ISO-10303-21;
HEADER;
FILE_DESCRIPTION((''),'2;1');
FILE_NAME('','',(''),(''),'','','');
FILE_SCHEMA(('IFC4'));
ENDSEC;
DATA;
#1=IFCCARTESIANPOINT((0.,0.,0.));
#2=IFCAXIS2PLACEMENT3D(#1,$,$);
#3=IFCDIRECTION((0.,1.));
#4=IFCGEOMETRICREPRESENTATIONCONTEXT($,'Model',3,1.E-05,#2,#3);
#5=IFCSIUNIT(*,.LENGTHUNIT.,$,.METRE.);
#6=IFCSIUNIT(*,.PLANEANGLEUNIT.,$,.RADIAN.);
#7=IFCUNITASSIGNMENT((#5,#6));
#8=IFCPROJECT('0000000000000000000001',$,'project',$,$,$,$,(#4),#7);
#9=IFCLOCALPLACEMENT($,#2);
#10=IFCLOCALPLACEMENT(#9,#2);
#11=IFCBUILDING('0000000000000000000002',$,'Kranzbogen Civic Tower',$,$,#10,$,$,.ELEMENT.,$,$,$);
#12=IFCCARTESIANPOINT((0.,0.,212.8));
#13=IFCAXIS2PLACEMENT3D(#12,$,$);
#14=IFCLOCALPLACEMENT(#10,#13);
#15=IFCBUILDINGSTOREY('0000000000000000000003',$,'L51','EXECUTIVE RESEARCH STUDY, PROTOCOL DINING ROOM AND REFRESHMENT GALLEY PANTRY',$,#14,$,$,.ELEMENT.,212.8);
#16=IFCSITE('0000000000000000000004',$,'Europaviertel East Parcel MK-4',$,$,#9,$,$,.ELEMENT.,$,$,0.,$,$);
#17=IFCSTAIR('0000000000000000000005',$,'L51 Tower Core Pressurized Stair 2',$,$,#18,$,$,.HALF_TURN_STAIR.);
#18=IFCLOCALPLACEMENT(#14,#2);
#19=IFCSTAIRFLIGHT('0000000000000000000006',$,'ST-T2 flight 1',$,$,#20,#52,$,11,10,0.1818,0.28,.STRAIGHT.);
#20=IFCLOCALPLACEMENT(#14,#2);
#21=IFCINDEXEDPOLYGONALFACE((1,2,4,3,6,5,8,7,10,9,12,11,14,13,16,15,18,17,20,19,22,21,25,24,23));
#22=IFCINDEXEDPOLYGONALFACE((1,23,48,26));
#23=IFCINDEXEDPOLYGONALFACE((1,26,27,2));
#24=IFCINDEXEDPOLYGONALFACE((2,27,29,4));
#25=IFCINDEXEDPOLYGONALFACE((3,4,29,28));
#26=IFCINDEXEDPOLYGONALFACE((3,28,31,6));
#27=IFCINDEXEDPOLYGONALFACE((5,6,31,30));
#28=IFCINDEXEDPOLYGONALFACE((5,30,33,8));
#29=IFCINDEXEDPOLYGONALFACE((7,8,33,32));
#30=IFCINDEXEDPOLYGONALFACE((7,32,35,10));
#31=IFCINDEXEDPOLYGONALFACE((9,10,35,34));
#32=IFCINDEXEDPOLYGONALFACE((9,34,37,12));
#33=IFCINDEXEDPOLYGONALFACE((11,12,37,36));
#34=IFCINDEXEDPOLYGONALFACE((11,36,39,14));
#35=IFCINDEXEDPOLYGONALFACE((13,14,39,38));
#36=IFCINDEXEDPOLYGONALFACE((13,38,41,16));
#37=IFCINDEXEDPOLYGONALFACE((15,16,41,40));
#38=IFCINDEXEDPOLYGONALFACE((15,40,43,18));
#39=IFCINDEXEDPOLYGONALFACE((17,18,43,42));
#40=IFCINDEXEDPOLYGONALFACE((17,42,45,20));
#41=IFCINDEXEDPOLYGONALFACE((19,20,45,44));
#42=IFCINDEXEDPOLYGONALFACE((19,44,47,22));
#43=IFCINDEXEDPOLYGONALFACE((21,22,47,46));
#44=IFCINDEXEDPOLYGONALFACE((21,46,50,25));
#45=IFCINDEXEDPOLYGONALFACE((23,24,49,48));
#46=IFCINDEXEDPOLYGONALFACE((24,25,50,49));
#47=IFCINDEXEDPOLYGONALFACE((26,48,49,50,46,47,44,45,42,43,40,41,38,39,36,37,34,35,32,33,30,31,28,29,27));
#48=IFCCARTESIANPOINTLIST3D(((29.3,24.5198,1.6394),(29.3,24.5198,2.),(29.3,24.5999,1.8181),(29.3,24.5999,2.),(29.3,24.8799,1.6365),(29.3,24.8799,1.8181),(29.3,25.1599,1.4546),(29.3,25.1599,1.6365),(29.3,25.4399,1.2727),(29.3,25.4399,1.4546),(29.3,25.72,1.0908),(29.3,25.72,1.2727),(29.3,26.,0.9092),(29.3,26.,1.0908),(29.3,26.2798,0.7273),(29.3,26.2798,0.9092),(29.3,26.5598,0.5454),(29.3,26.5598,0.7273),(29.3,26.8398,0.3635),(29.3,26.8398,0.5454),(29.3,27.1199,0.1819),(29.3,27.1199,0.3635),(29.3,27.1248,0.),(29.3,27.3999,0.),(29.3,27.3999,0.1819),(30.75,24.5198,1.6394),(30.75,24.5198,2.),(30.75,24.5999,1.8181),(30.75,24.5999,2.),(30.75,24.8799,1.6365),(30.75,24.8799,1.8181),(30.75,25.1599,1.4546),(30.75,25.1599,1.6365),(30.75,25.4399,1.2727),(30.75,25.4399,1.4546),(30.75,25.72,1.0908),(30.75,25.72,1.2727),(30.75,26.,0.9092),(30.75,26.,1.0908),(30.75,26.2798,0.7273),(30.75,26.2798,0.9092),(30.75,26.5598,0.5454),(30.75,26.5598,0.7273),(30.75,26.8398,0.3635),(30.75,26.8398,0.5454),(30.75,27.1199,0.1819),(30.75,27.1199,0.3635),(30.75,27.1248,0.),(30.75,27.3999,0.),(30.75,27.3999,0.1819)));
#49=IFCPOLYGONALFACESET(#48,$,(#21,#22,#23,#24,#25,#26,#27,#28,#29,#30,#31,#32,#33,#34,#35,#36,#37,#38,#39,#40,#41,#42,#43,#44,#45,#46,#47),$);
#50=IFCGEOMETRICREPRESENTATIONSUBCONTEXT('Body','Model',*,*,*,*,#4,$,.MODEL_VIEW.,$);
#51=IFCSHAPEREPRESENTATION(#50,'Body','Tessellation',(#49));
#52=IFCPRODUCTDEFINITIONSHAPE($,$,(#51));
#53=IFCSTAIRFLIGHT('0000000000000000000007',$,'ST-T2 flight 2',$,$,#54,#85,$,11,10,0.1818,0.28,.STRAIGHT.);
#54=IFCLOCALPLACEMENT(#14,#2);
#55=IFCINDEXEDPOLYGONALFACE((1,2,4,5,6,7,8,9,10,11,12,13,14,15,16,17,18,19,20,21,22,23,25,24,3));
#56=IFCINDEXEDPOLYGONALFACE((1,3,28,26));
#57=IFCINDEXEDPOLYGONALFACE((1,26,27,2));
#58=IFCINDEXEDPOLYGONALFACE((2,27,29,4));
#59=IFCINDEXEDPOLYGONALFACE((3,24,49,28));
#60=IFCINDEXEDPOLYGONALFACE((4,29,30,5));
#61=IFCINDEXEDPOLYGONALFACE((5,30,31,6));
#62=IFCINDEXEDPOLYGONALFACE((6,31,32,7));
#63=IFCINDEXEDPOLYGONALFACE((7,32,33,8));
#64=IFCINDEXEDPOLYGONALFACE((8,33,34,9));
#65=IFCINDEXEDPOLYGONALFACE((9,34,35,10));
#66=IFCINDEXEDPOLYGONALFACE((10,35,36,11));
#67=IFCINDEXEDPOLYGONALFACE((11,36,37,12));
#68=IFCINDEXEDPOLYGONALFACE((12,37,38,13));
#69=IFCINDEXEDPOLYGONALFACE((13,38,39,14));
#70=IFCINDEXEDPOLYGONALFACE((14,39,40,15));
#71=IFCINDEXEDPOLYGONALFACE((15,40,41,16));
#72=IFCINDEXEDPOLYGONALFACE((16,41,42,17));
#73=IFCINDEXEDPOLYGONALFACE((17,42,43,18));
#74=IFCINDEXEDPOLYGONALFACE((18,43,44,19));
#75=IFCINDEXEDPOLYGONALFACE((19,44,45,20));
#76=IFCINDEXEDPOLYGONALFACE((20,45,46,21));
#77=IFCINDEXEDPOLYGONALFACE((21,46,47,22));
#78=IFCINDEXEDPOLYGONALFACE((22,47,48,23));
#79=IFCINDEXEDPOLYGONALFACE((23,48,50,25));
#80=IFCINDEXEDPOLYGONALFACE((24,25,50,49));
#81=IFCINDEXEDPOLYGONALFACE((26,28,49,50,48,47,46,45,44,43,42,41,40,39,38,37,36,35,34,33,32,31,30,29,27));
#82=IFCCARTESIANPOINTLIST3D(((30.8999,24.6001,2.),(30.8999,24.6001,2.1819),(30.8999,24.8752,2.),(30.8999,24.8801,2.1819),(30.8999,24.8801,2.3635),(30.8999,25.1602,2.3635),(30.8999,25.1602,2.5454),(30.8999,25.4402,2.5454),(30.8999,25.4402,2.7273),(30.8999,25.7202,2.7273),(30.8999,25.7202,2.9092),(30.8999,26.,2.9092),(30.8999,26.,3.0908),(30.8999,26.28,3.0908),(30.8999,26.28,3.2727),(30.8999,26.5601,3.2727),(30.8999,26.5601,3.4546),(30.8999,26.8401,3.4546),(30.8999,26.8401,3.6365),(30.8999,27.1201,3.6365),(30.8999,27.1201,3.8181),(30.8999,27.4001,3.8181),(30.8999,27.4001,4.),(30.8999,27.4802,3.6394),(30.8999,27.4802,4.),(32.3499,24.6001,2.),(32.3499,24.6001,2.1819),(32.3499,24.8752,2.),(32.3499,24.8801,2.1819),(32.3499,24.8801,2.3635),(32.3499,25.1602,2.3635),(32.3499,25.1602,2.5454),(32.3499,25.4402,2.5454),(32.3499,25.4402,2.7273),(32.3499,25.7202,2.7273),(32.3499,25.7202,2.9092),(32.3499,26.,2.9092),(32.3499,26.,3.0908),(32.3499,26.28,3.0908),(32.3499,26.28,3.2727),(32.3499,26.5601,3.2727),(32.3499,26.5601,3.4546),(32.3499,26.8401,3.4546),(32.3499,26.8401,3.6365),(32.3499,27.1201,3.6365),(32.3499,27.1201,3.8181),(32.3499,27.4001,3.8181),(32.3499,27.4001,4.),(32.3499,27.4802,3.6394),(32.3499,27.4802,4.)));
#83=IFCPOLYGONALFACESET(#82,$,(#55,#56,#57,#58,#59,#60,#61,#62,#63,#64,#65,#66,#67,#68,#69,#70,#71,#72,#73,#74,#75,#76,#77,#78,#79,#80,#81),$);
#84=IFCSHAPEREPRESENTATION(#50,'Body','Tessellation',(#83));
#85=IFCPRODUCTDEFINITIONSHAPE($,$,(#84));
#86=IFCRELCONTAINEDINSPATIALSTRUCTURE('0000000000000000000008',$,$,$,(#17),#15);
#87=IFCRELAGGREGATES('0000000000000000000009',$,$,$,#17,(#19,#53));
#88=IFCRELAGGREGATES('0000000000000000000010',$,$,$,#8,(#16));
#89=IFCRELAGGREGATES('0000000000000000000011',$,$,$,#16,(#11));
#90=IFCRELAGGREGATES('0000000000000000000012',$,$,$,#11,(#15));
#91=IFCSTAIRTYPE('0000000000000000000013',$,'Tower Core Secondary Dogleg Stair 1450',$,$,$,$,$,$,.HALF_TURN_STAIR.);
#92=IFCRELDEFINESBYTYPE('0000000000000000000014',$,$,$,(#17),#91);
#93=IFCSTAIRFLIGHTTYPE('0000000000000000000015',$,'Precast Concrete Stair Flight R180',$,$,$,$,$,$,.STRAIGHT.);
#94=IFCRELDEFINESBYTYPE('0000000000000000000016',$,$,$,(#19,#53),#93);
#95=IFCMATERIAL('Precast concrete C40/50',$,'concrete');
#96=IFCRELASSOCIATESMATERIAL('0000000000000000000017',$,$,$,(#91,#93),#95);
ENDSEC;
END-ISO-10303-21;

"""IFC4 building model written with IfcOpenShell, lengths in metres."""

from ifc_helpers import new_model, si_unit, direction, frame, origin, place, context, subcontext, project, spatial, polyline, outline, extrude, material, type_object, element, aggregate, save


model = new_model("IFC4")

# Units and contexts
model_context = context("Model", 3, precision=1e-05, world=origin(), true_north=direction((0.0, 1.0)))
body_context = subcontext(model_context, "Body", "Model", "MODEL_VIEW")
ifc_project = project(units=[si_unit("LENGTHUNIT", "METRE"), si_unit("PLANEANGLEUNIT", "RADIAN")], contexts=[model_context])

# Site, building, storey
site_placement = place(None, origin())
site = spatial("IfcSite", under=ifc_project, at=site_placement, Name="Europaviertel East Parcel MK-4", CompositionType="ELEMENT", RefElevation=0.0)
building_placement = place(site_placement, origin())
building = spatial("IfcBuilding", under=site, at=building_placement, Name="Kranzbogen Civic Tower", CompositionType="ELEMENT")
storey_placement = place(building_placement, frame((0.0, 0.0, 212.8)))
storey = spatial("IfcBuildingStorey", under=building, at=storey_placement, Name="L51", Description="EXECUTIVE RESEARCH STUDY, PROTOCOL DINING ROOM AND REFRESHMENT GALLEY PANTRY", CompositionType="ELEMENT", Elevation=212.8)

# Stair, stair flights
ifc_material_1 = material(Name="Precast concrete C40/50", Category="concrete")
stair_type = type_object("IfcStairType", Name="Tower Core Secondary Dogleg Stair 1450", PredefinedType="HALF_TURN_STAIR", material=ifc_material_1)
stair_placement = place(storey_placement, origin())
stair = element("IfcStair", 1, at=stair_placement, inside=storey, type_object=stair_type, Name="L51 Tower Core Pressurized Stair 2", PredefinedType="HALF_TURN_STAIR")
stair_flight_type = type_object("IfcStairFlightType", Name="Precast Concrete Stair Flight R180", PredefinedType="STRAIGHT", material=ifc_material_1)
stair_flight_1_placement = place(storey_placement, frame((30.0249, 27.3999, 0.0), z_axis=(0.0, 0.0, 1.0), x_axis=(0.0, -1.0, 0.0)))
stair_flight_1 = element("IfcStairFlight", 2, at=stair_flight_1_placement, type_object=stair_flight_type, Name="ST-T2 flight 1", NumberOfRisers=11, NumberOfTreads=10, PredefinedType="STRAIGHT", RiserHeight=0.1818, TreadLength=0.28, context=body_context, shape_type="SweptSolid", body=[
    extrude(outline(polyline([(0.0, 0.0), (0.0, 0.1819), (0.28, 0.1819), (0.28, 0.3635), (0.5601, 0.3635), (0.5601, 0.5454), (0.8401, 0.5454), (0.8401, 0.7273), (1.1201, 0.7273), (1.1201, 0.9092), (1.3999, 0.9092), (1.3999, 1.0908), (1.6799, 1.0908), (1.6799, 1.2727), (1.96, 1.2727), (1.96, 1.4546), (2.24, 1.4546), (2.24, 1.6365), (2.52, 1.6365), (2.52, 1.8181), (2.8, 1.8181), (2.8, 2.0), (2.8801, 2.0), (2.8801, 1.6394), (0.2751, 0.0), (0.0, 0.0)])), frame((0.0, 0.7251, 0.0), z_axis=(0.0, -1.0, 0.0), x_axis=(1.0, 0.0, 0.0)), (0.0, 0.0, 1.0), 1.45),
])
stair_flight_2_placement = place(storey_placement, frame((31.625, 24.6001, 2.0), z_axis=(0.0, 0.0, 1.0), x_axis=(0.0, 1.0, 0.0)))
stair_flight_2 = element("IfcStairFlight", 3, at=stair_flight_2_placement, type_object=stair_flight_type, Name="ST-T2 flight 2", NumberOfRisers=11, NumberOfTreads=10, PredefinedType="STRAIGHT", RiserHeight=0.1818, TreadLength=0.28, context=body_context, shape_type="SweptSolid", body=[
    extrude(outline(polyline([(0.0, 0.0), (0.0, 0.1819), (0.28, 0.1819), (0.28, 0.3635), (0.5601, 0.3635), (0.5601, 0.5454), (0.8401, 0.5454), (0.8401, 0.7273), (1.1201, 0.7273), (1.1201, 0.9092), (1.3999, 0.9092), (1.3999, 1.0908), (1.6799, 1.0908), (1.6799, 1.2727), (1.96, 1.2727), (1.96, 1.4546), (2.24, 1.4546), (2.24, 1.6365), (2.52, 1.6365), (2.52, 1.8181), (2.8, 1.8181), (2.8, 2.0), (2.8801, 2.0), (2.8801, 1.6394), (0.2751, 0.0), (0.0, 0.0)])), frame((0.0, 0.7251, 0.0), z_axis=(0.0, -1.0, 0.0), x_axis=(1.0, 0.0, 0.0)), (0.0, 0.0, 1.0), 1.45),
])
aggregate(stair, [stair_flight_1, stair_flight_2])

save(model, "model.ifc")
